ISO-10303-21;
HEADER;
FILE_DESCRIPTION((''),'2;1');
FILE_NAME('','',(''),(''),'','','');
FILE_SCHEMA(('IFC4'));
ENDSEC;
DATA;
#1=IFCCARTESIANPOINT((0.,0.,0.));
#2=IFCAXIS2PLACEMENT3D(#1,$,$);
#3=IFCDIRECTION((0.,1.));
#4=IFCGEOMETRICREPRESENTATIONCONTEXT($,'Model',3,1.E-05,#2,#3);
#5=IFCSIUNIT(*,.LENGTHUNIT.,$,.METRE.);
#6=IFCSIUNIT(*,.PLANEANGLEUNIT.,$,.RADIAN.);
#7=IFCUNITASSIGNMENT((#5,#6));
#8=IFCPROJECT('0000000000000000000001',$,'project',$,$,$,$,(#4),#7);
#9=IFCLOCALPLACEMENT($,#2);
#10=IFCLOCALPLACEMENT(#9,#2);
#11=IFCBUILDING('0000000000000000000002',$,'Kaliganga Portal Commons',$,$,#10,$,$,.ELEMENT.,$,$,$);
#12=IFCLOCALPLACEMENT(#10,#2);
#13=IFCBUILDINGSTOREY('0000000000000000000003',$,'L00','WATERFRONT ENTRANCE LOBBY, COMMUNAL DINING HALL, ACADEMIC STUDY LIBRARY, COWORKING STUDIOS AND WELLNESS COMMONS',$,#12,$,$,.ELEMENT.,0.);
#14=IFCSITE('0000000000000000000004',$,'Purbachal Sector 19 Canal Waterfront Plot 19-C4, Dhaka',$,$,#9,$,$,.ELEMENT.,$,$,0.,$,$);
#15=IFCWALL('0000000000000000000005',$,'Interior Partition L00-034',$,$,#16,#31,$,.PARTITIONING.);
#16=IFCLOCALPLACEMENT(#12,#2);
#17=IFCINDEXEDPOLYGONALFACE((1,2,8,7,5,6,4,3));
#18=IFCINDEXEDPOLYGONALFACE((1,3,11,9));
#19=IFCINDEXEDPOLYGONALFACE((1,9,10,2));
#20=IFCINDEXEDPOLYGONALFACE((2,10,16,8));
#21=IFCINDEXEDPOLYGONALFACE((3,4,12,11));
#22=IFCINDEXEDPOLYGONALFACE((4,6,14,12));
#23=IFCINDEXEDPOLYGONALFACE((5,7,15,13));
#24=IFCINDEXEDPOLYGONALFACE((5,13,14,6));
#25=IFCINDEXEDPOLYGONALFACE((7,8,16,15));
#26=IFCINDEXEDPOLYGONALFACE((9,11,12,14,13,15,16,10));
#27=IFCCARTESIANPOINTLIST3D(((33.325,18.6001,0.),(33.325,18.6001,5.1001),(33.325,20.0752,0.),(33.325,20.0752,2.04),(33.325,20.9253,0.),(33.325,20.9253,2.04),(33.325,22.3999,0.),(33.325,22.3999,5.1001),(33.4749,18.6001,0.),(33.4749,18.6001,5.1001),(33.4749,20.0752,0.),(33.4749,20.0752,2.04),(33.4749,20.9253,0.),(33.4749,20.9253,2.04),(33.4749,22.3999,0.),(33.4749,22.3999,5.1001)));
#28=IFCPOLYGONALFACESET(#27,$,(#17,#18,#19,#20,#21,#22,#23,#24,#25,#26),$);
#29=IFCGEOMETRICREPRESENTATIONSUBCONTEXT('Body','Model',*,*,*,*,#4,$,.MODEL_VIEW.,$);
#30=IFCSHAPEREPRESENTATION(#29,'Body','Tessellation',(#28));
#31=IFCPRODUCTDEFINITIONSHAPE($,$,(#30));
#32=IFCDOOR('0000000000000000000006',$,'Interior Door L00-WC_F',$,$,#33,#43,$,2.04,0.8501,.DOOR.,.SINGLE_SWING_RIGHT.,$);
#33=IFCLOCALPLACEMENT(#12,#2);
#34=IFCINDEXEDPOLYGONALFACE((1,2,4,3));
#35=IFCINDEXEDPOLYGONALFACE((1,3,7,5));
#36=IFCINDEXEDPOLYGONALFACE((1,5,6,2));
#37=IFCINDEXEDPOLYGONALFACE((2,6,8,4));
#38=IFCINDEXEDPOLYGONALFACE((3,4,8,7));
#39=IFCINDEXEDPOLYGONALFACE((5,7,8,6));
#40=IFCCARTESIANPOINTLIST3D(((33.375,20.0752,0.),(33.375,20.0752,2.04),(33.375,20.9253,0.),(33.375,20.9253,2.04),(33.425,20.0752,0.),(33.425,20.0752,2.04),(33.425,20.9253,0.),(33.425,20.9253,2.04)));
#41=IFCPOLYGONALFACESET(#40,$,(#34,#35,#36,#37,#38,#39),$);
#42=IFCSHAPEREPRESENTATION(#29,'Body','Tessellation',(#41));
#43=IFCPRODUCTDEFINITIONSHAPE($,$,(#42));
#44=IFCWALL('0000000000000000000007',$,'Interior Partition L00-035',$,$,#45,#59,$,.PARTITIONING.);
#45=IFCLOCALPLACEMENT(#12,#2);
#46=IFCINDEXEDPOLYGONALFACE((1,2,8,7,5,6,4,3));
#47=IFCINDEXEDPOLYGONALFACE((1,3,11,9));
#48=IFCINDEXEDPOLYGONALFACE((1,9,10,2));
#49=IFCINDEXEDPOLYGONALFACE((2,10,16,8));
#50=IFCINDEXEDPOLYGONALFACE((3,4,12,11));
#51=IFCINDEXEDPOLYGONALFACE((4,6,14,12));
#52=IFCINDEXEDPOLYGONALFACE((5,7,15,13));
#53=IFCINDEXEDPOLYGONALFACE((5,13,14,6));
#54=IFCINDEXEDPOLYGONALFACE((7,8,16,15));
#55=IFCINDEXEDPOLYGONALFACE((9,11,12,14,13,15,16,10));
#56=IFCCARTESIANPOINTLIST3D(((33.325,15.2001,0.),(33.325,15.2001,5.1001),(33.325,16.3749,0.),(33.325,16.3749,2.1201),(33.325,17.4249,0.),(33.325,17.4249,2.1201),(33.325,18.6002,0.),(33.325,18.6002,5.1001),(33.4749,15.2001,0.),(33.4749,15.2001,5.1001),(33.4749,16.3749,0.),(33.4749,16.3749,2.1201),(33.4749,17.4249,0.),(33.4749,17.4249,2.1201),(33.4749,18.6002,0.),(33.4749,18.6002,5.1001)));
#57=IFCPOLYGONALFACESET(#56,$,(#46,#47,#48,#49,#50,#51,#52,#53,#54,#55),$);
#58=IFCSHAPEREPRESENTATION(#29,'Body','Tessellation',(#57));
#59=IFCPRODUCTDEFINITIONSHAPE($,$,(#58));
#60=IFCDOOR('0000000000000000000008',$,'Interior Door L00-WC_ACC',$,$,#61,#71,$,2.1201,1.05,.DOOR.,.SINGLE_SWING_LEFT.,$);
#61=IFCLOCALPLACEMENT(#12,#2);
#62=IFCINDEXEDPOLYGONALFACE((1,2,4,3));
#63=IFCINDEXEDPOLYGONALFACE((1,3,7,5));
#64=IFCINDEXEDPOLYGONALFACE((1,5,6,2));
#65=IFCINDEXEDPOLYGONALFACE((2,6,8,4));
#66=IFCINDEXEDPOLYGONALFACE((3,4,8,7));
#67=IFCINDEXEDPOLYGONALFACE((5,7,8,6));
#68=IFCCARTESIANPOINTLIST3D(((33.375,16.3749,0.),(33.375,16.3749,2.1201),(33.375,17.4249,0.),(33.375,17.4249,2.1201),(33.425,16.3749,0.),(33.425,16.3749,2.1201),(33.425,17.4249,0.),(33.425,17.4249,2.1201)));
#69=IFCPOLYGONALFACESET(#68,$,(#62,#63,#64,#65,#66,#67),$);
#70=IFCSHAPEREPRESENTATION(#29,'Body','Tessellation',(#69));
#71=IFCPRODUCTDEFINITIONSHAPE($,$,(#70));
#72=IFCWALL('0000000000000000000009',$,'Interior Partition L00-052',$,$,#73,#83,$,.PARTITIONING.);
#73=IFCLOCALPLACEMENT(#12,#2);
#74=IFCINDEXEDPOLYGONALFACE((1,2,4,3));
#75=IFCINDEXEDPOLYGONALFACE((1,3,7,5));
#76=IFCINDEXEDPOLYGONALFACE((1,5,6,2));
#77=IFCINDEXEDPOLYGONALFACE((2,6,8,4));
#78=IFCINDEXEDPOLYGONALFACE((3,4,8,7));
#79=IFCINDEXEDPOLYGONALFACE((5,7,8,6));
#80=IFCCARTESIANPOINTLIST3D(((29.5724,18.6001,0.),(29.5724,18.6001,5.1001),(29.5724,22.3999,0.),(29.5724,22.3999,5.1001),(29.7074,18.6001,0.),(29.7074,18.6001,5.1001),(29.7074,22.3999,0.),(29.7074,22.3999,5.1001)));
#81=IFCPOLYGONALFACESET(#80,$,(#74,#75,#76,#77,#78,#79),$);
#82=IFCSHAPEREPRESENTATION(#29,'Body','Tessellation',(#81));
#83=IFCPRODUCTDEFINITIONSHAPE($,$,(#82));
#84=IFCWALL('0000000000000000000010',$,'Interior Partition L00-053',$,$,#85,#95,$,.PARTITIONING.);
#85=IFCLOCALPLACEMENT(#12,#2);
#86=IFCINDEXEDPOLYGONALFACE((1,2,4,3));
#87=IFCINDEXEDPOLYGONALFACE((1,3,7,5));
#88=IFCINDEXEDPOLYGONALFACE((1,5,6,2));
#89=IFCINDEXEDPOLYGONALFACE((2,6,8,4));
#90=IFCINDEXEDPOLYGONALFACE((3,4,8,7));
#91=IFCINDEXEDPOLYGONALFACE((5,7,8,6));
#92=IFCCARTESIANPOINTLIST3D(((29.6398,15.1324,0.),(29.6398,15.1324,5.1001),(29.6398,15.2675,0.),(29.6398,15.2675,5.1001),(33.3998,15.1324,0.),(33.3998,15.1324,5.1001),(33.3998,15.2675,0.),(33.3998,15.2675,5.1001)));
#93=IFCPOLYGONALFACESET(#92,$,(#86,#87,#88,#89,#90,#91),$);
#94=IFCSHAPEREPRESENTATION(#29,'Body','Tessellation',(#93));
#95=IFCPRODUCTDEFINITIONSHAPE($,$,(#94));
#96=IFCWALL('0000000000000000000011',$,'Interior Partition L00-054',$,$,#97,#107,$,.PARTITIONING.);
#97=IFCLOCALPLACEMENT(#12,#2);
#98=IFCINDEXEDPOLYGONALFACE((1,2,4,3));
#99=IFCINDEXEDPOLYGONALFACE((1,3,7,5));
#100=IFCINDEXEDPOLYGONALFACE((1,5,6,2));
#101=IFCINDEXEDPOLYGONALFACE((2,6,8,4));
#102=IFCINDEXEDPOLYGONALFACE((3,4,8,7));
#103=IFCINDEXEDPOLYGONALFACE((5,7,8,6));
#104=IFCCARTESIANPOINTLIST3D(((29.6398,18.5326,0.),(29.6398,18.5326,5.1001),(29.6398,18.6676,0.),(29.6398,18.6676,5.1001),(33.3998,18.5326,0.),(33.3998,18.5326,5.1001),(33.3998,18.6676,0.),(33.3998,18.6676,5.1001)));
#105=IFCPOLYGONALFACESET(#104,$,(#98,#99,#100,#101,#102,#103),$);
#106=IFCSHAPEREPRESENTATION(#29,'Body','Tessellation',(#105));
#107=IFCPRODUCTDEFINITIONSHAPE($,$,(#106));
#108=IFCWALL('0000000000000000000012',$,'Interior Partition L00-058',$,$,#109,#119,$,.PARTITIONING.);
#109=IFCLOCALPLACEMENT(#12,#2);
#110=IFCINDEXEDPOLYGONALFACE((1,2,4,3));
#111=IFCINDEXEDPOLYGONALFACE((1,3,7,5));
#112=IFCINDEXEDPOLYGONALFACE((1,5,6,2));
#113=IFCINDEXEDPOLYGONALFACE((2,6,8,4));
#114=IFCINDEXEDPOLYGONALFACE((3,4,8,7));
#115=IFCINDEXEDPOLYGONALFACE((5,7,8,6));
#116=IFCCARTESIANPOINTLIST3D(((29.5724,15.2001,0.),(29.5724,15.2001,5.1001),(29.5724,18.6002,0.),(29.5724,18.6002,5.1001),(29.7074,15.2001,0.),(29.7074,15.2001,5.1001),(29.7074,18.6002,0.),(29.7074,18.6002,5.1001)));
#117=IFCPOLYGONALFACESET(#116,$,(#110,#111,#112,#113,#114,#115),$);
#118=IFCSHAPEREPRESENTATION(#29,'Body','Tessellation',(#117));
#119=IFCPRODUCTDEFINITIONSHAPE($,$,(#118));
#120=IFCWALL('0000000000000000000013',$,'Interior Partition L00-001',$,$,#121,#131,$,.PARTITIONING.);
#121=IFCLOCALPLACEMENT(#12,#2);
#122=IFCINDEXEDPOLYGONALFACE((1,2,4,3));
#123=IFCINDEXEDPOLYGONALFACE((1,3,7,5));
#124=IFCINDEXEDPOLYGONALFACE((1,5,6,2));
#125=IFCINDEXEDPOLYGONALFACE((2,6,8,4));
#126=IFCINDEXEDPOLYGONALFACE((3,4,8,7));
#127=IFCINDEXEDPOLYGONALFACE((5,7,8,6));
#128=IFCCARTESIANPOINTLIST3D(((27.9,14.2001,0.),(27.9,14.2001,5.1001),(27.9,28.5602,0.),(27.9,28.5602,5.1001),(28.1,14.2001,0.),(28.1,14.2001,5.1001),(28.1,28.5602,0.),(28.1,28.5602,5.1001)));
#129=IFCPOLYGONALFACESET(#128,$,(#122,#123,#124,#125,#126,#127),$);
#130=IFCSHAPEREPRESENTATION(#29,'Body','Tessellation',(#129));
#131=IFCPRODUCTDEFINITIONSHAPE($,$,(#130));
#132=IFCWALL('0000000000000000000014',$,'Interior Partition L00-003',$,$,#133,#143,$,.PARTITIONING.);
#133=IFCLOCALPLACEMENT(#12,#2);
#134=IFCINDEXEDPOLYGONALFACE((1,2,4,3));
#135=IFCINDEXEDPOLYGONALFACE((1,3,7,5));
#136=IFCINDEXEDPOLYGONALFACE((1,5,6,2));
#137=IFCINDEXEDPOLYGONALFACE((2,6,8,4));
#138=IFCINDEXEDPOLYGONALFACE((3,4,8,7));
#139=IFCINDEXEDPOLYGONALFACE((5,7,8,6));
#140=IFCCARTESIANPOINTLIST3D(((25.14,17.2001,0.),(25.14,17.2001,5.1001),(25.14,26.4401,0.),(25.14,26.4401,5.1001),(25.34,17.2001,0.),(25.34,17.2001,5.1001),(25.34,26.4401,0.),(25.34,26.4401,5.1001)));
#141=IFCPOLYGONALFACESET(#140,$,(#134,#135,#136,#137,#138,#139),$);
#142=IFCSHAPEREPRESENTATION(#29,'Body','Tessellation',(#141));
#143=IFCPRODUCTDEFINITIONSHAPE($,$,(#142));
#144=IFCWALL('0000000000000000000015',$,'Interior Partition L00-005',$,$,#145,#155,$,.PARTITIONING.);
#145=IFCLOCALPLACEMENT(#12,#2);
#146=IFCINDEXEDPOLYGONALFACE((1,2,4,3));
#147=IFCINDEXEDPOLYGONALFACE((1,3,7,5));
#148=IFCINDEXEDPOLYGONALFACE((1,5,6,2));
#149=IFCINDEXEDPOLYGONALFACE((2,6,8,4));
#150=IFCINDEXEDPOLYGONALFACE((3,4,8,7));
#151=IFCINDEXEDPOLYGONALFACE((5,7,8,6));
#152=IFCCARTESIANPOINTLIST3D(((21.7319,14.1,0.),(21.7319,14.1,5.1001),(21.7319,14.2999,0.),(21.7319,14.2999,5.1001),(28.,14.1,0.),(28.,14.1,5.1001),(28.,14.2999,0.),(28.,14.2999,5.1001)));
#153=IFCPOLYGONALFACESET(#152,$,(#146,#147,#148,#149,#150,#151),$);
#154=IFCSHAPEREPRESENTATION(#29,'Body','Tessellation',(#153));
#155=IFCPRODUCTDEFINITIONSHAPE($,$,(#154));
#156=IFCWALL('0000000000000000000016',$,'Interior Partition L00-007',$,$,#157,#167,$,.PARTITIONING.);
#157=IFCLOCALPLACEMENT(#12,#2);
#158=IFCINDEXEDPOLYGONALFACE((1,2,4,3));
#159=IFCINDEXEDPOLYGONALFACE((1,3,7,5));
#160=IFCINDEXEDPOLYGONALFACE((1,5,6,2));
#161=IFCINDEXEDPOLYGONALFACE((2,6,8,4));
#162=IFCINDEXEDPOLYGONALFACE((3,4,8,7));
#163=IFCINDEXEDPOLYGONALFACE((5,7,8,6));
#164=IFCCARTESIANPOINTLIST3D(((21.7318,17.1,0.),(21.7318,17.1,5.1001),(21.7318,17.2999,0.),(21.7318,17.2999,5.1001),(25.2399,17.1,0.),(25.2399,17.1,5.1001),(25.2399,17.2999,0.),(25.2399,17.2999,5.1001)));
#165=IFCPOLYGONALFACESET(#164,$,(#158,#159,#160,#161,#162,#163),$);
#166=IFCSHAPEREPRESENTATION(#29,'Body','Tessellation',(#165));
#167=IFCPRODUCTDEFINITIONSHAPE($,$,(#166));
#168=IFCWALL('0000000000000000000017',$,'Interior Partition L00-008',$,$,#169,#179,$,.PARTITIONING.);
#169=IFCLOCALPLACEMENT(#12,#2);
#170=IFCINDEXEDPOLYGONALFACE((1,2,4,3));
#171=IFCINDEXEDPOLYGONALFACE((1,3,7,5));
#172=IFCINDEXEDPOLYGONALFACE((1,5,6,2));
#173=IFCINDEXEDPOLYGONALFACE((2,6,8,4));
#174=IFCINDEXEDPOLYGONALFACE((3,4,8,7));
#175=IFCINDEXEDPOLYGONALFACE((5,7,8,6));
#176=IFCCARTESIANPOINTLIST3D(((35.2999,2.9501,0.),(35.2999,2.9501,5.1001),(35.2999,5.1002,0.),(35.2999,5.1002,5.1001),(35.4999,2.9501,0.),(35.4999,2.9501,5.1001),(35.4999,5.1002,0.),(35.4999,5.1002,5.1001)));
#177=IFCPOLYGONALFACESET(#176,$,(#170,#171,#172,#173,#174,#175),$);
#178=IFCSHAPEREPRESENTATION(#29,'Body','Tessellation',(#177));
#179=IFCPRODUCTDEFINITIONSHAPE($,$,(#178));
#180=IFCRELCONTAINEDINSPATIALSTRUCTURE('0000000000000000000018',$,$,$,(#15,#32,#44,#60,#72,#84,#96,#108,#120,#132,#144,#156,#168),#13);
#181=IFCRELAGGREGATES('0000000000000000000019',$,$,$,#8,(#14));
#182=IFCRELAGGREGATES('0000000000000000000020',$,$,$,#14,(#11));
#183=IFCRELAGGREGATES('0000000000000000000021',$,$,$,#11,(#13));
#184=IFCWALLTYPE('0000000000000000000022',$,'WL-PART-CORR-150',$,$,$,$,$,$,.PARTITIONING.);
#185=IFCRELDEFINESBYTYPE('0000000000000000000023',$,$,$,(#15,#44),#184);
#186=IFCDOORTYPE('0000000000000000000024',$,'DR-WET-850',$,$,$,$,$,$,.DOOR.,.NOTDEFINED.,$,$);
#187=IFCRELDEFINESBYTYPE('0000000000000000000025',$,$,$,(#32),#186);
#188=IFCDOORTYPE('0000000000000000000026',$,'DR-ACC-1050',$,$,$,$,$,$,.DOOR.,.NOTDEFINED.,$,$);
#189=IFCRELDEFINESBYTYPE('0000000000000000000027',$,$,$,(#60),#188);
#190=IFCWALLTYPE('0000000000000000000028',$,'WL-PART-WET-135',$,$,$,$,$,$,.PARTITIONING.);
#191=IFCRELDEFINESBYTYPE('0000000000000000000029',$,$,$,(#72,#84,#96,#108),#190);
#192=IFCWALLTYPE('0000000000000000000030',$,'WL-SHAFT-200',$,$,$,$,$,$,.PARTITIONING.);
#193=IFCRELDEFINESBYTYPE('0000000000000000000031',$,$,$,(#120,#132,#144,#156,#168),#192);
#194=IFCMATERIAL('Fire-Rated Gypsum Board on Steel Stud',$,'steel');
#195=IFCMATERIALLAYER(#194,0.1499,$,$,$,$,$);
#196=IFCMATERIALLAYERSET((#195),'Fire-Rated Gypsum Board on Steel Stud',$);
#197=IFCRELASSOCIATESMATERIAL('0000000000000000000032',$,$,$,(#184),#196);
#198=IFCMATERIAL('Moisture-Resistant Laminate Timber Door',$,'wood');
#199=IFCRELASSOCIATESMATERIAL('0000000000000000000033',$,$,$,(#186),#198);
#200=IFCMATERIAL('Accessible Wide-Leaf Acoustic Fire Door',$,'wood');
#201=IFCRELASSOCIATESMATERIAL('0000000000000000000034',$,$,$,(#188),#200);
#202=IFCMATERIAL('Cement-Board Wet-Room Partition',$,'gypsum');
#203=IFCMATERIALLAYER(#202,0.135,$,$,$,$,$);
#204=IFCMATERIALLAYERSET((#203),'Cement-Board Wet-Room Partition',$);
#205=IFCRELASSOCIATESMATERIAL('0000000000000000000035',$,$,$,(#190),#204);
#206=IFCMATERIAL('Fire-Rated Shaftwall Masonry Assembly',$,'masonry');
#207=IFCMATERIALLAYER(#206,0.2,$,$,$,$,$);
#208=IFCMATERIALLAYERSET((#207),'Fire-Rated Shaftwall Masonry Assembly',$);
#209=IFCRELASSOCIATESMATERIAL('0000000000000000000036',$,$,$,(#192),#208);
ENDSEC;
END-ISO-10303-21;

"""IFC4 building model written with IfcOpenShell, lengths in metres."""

from ifc_helpers import new_model, si_unit, direction, frame, frame_2d, origin, place, context, subcontext, project, spatial, rectangle, extrude, material, layer, layer_set, type_object, element, fill, save


model = new_model("IFC4")

# Units and contexts
model_context = context("Model", 3, precision=1e-05, world=origin(), true_north=direction((0.0, 1.0)))
body_context = subcontext(model_context, "Body", "Model", "MODEL_VIEW")
ifc_project = project(units=[si_unit("LENGTHUNIT", "METRE"), si_unit("PLANEANGLEUNIT", "RADIAN")], contexts=[model_context])

# Site, building, storey
site_placement = place(None, origin())
site = spatial("IfcSite", under=ifc_project, at=site_placement, Name="Purbachal Sector 19 Canal Waterfront Plot 19-C4, Dhaka", CompositionType="ELEMENT", RefElevation=0.0)
building_placement = place(site_placement, origin())
building = spatial("IfcBuilding", under=site, at=building_placement, Name="Kaliganga Portal Commons", CompositionType="ELEMENT")
storey_placement = place(building_placement, origin())
storey = spatial("IfcBuildingStorey", under=building, at=storey_placement, Name="L00", Description="WATERFRONT ENTRANCE LOBBY, COMMUNAL DINING HALL, ACADEMIC STUDY LIBRARY, COWORKING STUDIOS AND WELLNESS COMMONS", CompositionType="ELEMENT", Elevation=0.0)

# Walls, openings, doors
ifc_material_1 = material(Name="Fire-Rated Gypsum Board on Steel Stud", Category="steel")
ifc_layer_1 = layer(ifc_material_1, 0.1499)
ifc_layer_set_1 = layer_set([ifc_layer_1], Name="Fire-Rated Gypsum Board on Steel Stud")
wall_type_1 = type_object("IfcWallType", Name="WL-PART-CORR-150", PredefinedType="PARTITIONING", material=ifc_layer_set_1)
wall_1_placement = place(storey_placement, frame((33.3999, 18.6001, 0.0), z_axis=(0.0, 0.0, 1.0), x_axis=(0.0, 1.0, 0.0)))
wall_1 = element("IfcWall", 1, at=wall_1_placement, inside=storey, type_object=wall_type_1, Name="Interior Partition L00-034", PredefinedType="PARTITIONING", context=body_context, shape_type="SweptSolid", body=[
    extrude(rectangle(XDim=3.7998, YDim=0.1499, at=frame_2d((1.8999, 0.0))), origin(), (0.0, 0.0, 1.0), 5.1001),
])
opening_1_placement = place(wall_1_placement, frame((1.4751, 0.0, 0.0)))
opening_1 = element("IfcOpeningElement", 2, at=opening_1_placement, cuts=wall_1, PredefinedType="OPENING", context=body_context, shape_type="SweptSolid", body=[
    extrude(rectangle(XDim=0.8501, YDim=2.04, at=frame_2d((0.425, 1.02))), frame((0.0, 0.085, 0.0), z_axis=(0.0, -1.0, 0.0), x_axis=(1.0, 0.0, 0.0)), (0.0, 0.0, 1.0), 0.1699),
])
ifc_material_2 = material(Name="Moisture-Resistant Laminate Timber Door", Category="wood")
door_type_1 = type_object("IfcDoorType", Name="DR-WET-850", OperationType="NOTDEFINED", PredefinedType="DOOR", material=ifc_material_2)
door_1_placement = place(opening_1_placement, origin())
door_1 = element("IfcDoor", 3, at=door_1_placement, inside=storey, type_object=door_type_1, Name="Interior Door L00-WC_F", OperationType="SINGLE_SWING_RIGHT", OverallHeight=2.04, OverallWidth=0.8501, PredefinedType="DOOR", context=body_context, shape_type="SweptSolid", body=[
    extrude(rectangle(XDim=0.8501, YDim=2.04, at=frame_2d((0.425, 1.02))), frame((0.0, 0.0249, 0.0), z_axis=(0.0, -1.0, 0.0), x_axis=(1.0, 0.0, 0.0)), (0.0, 0.0, 1.0), 0.05),
])
fill(opening_1, door_1)
wall_2_placement = place(storey_placement, frame((33.3999, 15.2, 0.0), z_axis=(0.0, 0.0, 1.0), x_axis=(0.0, 1.0, 0.0)))
wall_2 = element("IfcWall", 4, at=wall_2_placement, inside=storey, type_object=wall_type_1, Name="Interior Partition L00-035", PredefinedType="PARTITIONING", context=body_context, shape_type="SweptSolid", body=[
    extrude(rectangle(XDim=3.4001, YDim=0.1499, at=frame_2d((1.7002, 0.0))), origin(), (0.0, 0.0, 1.0), 5.1001),
])
opening_2_placement = place(wall_2_placement, frame((1.175, 0.0, 0.0)))
opening_2 = element("IfcOpeningElement", 5, at=opening_2_placement, cuts=wall_2, PredefinedType="OPENING", context=body_context, shape_type="SweptSolid", body=[
    extrude(rectangle(XDim=1.05, YDim=2.1201, at=frame_2d((0.5249, 1.0601))), frame((0.0, 0.085, 0.0), z_axis=(0.0, -1.0, 0.0), x_axis=(1.0, 0.0, 0.0)), (0.0, 0.0, 1.0), 0.1699),
])
ifc_material_3 = material(Name="Accessible Wide-Leaf Acoustic Fire Door", Category="wood")
door_type_2 = type_object("IfcDoorType", Name="DR-ACC-1050", OperationType="NOTDEFINED", PredefinedType="DOOR", material=ifc_material_3)
door_2_placement = place(opening_2_placement, origin())
door_2 = element("IfcDoor", 6, at=door_2_placement, inside=storey, type_object=door_type_2, Name="Interior Door L00-WC_ACC", OperationType="SINGLE_SWING_LEFT", OverallHeight=2.1201, OverallWidth=1.05, PredefinedType="DOOR", context=body_context, shape_type="SweptSolid", body=[
    extrude(rectangle(XDim=1.05, YDim=2.1201, at=frame_2d((0.5249, 1.0601))), frame((0.0, 0.0249, 0.0), z_axis=(0.0, -1.0, 0.0), x_axis=(1.0, 0.0, 0.0)), (0.0, 0.0, 1.0), 0.05),
])
fill(opening_2, door_2)

# Walls
ifc_material_4 = material(Name="Cement-Board Wet-Room Partition", Category="gypsum")
ifc_layer_2 = layer(ifc_material_4, 0.135)
ifc_layer_set_2 = layer_set([ifc_layer_2], Name="Cement-Board Wet-Room Partition")
wall_type_2 = type_object("IfcWallType", Name="WL-PART-WET-135", PredefinedType="PARTITIONING", material=ifc_layer_set_2)
wall_3_placement = place(storey_placement, frame((29.6399, 18.6001, 0.0), z_axis=(0.0, 0.0, 1.0), x_axis=(0.0, 1.0, 0.0)))
element("IfcWall", 7, at=wall_3_placement, inside=storey, type_object=wall_type_2, Name="Interior Partition L00-052", PredefinedType="PARTITIONING", context=body_context, shape_type="SweptSolid", body=[
    extrude(rectangle(XDim=3.7998, YDim=0.135, at=frame_2d((1.8999, 0.0))), origin(), (0.0, 0.0, 1.0), 5.1001),
])
for number, where, z_axis, x_axis, name in (
    (8, (29.6399, 15.2, 0.0), (0.0, 0.0, 1.0), (1.0, 0.0, 0.0), "Interior Partition L00-053"),
    (9, (29.6399, 18.6001, 0.0), (0.0, 0.0, 1.0), (1.0, 0.0, 0.0), "Interior Partition L00-054"),
):
    element("IfcWall", number, at=place(storey_placement, frame(where, z_axis=z_axis, x_axis=x_axis)), inside=storey, type_object=wall_type_2, Name=name, PredefinedType="PARTITIONING", context=body_context, shape_type="SweptSolid", body=[
        extrude(rectangle(XDim=3.76, YDim=0.135, at=frame_2d((1.8799, 0.0))), origin(), (0.0, 0.0, 1.0), 5.1001),
    ])
wall_4_placement = place(storey_placement, frame((29.6399, 15.2, 0.0), z_axis=(0.0, 0.0, 1.0), x_axis=(0.0, 1.0, 0.0)))
element("IfcWall", 10, at=wall_4_placement, inside=storey, type_object=wall_type_2, Name="Interior Partition L00-058", PredefinedType="PARTITIONING", context=body_context, shape_type="SweptSolid", body=[
    extrude(rectangle(XDim=3.4001, YDim=0.135, at=frame_2d((1.7002, 0.0))), origin(), (0.0, 0.0, 1.0), 5.1001),
])
ifc_material_5 = material(Name="Fire-Rated Shaftwall Masonry Assembly", Category="masonry")
ifc_layer_3 = layer(ifc_material_5, 0.2)
ifc_layer_set_3 = layer_set([ifc_layer_3], Name="Fire-Rated Shaftwall Masonry Assembly")
wall_type_3 = type_object("IfcWallType", Name="WL-SHAFT-200", PredefinedType="PARTITIONING", material=ifc_layer_set_3)
wall_5_placement = place(storey_placement, frame((28.0, 14.2, 0.0), z_axis=(0.0, 0.0, 1.0), x_axis=(0.0, 1.0, 0.0)))
element("IfcWall", 11, at=wall_5_placement, inside=storey, type_object=wall_type_3, Name="Interior Partition L00-001", PredefinedType="PARTITIONING", context=body_context, shape_type="SweptSolid", body=[
    extrude(rectangle(XDim=14.3601, YDim=0.2, at=frame_2d((7.1802, 0.0))), origin(), (0.0, 0.0, 1.0), 5.1001),
])
wall_6_placement = place(storey_placement, frame((25.24, 17.2, 0.0), z_axis=(0.0, 0.0, 1.0), x_axis=(0.0, 1.0, 0.0)))
element("IfcWall", 12, at=wall_6_placement, inside=storey, type_object=wall_type_3, Name="Interior Partition L00-003", PredefinedType="PARTITIONING", context=body_context, shape_type="SweptSolid", body=[
    extrude(rectangle(XDim=9.24, YDim=0.2, at=frame_2d((4.6201, 0.0))), origin(), (0.0, 0.0, 1.0), 5.1001),
])
wall_7_placement = place(storey_placement, frame((21.7319, 14.2, 0.0), z_axis=(0.0, 0.0, 1.0), x_axis=(1.0, 0.0, 0.0)))
element("IfcWall", 13, at=wall_7_placement, inside=storey, type_object=wall_type_3, Name="Interior Partition L00-005", PredefinedType="PARTITIONING", context=body_context, shape_type="SweptSolid", body=[
    extrude(rectangle(XDim=6.2681, YDim=0.2, at=frame_2d((3.134, 0.0))), origin(), (0.0, 0.0, 1.0), 5.1001),
])
wall_8_placement = place(storey_placement, frame((21.7319, 17.2, 0.0), z_axis=(0.0, 0.0, 1.0), x_axis=(1.0, 0.0, 0.0)))
element("IfcWall", 14, at=wall_8_placement, inside=storey, type_object=wall_type_3, Name="Interior Partition L00-007", PredefinedType="PARTITIONING", context=body_context, shape_type="SweptSolid", body=[
    extrude(rectangle(XDim=3.5081, YDim=0.2, at=frame_2d((1.7539, 0.0))), origin(), (0.0, 0.0, 1.0), 5.1001),
])
wall_9_placement = place(storey_placement, frame((35.3999, 2.95, 0.0), z_axis=(0.0, 0.0, 1.0), x_axis=(0.0, 1.0, 0.0)))
element("IfcWall", 15, at=wall_9_placement, inside=storey, type_object=wall_type_3, Name="Interior Partition L00-008", PredefinedType="PARTITIONING", context=body_context, shape_type="SweptSolid", body=[
    extrude(rectangle(XDim=2.1501, YDim=0.2, at=frame_2d((1.0752, 0.0))), origin(), (0.0, 0.0, 1.0), 5.1001),
])

save(model, "model.ifc")
